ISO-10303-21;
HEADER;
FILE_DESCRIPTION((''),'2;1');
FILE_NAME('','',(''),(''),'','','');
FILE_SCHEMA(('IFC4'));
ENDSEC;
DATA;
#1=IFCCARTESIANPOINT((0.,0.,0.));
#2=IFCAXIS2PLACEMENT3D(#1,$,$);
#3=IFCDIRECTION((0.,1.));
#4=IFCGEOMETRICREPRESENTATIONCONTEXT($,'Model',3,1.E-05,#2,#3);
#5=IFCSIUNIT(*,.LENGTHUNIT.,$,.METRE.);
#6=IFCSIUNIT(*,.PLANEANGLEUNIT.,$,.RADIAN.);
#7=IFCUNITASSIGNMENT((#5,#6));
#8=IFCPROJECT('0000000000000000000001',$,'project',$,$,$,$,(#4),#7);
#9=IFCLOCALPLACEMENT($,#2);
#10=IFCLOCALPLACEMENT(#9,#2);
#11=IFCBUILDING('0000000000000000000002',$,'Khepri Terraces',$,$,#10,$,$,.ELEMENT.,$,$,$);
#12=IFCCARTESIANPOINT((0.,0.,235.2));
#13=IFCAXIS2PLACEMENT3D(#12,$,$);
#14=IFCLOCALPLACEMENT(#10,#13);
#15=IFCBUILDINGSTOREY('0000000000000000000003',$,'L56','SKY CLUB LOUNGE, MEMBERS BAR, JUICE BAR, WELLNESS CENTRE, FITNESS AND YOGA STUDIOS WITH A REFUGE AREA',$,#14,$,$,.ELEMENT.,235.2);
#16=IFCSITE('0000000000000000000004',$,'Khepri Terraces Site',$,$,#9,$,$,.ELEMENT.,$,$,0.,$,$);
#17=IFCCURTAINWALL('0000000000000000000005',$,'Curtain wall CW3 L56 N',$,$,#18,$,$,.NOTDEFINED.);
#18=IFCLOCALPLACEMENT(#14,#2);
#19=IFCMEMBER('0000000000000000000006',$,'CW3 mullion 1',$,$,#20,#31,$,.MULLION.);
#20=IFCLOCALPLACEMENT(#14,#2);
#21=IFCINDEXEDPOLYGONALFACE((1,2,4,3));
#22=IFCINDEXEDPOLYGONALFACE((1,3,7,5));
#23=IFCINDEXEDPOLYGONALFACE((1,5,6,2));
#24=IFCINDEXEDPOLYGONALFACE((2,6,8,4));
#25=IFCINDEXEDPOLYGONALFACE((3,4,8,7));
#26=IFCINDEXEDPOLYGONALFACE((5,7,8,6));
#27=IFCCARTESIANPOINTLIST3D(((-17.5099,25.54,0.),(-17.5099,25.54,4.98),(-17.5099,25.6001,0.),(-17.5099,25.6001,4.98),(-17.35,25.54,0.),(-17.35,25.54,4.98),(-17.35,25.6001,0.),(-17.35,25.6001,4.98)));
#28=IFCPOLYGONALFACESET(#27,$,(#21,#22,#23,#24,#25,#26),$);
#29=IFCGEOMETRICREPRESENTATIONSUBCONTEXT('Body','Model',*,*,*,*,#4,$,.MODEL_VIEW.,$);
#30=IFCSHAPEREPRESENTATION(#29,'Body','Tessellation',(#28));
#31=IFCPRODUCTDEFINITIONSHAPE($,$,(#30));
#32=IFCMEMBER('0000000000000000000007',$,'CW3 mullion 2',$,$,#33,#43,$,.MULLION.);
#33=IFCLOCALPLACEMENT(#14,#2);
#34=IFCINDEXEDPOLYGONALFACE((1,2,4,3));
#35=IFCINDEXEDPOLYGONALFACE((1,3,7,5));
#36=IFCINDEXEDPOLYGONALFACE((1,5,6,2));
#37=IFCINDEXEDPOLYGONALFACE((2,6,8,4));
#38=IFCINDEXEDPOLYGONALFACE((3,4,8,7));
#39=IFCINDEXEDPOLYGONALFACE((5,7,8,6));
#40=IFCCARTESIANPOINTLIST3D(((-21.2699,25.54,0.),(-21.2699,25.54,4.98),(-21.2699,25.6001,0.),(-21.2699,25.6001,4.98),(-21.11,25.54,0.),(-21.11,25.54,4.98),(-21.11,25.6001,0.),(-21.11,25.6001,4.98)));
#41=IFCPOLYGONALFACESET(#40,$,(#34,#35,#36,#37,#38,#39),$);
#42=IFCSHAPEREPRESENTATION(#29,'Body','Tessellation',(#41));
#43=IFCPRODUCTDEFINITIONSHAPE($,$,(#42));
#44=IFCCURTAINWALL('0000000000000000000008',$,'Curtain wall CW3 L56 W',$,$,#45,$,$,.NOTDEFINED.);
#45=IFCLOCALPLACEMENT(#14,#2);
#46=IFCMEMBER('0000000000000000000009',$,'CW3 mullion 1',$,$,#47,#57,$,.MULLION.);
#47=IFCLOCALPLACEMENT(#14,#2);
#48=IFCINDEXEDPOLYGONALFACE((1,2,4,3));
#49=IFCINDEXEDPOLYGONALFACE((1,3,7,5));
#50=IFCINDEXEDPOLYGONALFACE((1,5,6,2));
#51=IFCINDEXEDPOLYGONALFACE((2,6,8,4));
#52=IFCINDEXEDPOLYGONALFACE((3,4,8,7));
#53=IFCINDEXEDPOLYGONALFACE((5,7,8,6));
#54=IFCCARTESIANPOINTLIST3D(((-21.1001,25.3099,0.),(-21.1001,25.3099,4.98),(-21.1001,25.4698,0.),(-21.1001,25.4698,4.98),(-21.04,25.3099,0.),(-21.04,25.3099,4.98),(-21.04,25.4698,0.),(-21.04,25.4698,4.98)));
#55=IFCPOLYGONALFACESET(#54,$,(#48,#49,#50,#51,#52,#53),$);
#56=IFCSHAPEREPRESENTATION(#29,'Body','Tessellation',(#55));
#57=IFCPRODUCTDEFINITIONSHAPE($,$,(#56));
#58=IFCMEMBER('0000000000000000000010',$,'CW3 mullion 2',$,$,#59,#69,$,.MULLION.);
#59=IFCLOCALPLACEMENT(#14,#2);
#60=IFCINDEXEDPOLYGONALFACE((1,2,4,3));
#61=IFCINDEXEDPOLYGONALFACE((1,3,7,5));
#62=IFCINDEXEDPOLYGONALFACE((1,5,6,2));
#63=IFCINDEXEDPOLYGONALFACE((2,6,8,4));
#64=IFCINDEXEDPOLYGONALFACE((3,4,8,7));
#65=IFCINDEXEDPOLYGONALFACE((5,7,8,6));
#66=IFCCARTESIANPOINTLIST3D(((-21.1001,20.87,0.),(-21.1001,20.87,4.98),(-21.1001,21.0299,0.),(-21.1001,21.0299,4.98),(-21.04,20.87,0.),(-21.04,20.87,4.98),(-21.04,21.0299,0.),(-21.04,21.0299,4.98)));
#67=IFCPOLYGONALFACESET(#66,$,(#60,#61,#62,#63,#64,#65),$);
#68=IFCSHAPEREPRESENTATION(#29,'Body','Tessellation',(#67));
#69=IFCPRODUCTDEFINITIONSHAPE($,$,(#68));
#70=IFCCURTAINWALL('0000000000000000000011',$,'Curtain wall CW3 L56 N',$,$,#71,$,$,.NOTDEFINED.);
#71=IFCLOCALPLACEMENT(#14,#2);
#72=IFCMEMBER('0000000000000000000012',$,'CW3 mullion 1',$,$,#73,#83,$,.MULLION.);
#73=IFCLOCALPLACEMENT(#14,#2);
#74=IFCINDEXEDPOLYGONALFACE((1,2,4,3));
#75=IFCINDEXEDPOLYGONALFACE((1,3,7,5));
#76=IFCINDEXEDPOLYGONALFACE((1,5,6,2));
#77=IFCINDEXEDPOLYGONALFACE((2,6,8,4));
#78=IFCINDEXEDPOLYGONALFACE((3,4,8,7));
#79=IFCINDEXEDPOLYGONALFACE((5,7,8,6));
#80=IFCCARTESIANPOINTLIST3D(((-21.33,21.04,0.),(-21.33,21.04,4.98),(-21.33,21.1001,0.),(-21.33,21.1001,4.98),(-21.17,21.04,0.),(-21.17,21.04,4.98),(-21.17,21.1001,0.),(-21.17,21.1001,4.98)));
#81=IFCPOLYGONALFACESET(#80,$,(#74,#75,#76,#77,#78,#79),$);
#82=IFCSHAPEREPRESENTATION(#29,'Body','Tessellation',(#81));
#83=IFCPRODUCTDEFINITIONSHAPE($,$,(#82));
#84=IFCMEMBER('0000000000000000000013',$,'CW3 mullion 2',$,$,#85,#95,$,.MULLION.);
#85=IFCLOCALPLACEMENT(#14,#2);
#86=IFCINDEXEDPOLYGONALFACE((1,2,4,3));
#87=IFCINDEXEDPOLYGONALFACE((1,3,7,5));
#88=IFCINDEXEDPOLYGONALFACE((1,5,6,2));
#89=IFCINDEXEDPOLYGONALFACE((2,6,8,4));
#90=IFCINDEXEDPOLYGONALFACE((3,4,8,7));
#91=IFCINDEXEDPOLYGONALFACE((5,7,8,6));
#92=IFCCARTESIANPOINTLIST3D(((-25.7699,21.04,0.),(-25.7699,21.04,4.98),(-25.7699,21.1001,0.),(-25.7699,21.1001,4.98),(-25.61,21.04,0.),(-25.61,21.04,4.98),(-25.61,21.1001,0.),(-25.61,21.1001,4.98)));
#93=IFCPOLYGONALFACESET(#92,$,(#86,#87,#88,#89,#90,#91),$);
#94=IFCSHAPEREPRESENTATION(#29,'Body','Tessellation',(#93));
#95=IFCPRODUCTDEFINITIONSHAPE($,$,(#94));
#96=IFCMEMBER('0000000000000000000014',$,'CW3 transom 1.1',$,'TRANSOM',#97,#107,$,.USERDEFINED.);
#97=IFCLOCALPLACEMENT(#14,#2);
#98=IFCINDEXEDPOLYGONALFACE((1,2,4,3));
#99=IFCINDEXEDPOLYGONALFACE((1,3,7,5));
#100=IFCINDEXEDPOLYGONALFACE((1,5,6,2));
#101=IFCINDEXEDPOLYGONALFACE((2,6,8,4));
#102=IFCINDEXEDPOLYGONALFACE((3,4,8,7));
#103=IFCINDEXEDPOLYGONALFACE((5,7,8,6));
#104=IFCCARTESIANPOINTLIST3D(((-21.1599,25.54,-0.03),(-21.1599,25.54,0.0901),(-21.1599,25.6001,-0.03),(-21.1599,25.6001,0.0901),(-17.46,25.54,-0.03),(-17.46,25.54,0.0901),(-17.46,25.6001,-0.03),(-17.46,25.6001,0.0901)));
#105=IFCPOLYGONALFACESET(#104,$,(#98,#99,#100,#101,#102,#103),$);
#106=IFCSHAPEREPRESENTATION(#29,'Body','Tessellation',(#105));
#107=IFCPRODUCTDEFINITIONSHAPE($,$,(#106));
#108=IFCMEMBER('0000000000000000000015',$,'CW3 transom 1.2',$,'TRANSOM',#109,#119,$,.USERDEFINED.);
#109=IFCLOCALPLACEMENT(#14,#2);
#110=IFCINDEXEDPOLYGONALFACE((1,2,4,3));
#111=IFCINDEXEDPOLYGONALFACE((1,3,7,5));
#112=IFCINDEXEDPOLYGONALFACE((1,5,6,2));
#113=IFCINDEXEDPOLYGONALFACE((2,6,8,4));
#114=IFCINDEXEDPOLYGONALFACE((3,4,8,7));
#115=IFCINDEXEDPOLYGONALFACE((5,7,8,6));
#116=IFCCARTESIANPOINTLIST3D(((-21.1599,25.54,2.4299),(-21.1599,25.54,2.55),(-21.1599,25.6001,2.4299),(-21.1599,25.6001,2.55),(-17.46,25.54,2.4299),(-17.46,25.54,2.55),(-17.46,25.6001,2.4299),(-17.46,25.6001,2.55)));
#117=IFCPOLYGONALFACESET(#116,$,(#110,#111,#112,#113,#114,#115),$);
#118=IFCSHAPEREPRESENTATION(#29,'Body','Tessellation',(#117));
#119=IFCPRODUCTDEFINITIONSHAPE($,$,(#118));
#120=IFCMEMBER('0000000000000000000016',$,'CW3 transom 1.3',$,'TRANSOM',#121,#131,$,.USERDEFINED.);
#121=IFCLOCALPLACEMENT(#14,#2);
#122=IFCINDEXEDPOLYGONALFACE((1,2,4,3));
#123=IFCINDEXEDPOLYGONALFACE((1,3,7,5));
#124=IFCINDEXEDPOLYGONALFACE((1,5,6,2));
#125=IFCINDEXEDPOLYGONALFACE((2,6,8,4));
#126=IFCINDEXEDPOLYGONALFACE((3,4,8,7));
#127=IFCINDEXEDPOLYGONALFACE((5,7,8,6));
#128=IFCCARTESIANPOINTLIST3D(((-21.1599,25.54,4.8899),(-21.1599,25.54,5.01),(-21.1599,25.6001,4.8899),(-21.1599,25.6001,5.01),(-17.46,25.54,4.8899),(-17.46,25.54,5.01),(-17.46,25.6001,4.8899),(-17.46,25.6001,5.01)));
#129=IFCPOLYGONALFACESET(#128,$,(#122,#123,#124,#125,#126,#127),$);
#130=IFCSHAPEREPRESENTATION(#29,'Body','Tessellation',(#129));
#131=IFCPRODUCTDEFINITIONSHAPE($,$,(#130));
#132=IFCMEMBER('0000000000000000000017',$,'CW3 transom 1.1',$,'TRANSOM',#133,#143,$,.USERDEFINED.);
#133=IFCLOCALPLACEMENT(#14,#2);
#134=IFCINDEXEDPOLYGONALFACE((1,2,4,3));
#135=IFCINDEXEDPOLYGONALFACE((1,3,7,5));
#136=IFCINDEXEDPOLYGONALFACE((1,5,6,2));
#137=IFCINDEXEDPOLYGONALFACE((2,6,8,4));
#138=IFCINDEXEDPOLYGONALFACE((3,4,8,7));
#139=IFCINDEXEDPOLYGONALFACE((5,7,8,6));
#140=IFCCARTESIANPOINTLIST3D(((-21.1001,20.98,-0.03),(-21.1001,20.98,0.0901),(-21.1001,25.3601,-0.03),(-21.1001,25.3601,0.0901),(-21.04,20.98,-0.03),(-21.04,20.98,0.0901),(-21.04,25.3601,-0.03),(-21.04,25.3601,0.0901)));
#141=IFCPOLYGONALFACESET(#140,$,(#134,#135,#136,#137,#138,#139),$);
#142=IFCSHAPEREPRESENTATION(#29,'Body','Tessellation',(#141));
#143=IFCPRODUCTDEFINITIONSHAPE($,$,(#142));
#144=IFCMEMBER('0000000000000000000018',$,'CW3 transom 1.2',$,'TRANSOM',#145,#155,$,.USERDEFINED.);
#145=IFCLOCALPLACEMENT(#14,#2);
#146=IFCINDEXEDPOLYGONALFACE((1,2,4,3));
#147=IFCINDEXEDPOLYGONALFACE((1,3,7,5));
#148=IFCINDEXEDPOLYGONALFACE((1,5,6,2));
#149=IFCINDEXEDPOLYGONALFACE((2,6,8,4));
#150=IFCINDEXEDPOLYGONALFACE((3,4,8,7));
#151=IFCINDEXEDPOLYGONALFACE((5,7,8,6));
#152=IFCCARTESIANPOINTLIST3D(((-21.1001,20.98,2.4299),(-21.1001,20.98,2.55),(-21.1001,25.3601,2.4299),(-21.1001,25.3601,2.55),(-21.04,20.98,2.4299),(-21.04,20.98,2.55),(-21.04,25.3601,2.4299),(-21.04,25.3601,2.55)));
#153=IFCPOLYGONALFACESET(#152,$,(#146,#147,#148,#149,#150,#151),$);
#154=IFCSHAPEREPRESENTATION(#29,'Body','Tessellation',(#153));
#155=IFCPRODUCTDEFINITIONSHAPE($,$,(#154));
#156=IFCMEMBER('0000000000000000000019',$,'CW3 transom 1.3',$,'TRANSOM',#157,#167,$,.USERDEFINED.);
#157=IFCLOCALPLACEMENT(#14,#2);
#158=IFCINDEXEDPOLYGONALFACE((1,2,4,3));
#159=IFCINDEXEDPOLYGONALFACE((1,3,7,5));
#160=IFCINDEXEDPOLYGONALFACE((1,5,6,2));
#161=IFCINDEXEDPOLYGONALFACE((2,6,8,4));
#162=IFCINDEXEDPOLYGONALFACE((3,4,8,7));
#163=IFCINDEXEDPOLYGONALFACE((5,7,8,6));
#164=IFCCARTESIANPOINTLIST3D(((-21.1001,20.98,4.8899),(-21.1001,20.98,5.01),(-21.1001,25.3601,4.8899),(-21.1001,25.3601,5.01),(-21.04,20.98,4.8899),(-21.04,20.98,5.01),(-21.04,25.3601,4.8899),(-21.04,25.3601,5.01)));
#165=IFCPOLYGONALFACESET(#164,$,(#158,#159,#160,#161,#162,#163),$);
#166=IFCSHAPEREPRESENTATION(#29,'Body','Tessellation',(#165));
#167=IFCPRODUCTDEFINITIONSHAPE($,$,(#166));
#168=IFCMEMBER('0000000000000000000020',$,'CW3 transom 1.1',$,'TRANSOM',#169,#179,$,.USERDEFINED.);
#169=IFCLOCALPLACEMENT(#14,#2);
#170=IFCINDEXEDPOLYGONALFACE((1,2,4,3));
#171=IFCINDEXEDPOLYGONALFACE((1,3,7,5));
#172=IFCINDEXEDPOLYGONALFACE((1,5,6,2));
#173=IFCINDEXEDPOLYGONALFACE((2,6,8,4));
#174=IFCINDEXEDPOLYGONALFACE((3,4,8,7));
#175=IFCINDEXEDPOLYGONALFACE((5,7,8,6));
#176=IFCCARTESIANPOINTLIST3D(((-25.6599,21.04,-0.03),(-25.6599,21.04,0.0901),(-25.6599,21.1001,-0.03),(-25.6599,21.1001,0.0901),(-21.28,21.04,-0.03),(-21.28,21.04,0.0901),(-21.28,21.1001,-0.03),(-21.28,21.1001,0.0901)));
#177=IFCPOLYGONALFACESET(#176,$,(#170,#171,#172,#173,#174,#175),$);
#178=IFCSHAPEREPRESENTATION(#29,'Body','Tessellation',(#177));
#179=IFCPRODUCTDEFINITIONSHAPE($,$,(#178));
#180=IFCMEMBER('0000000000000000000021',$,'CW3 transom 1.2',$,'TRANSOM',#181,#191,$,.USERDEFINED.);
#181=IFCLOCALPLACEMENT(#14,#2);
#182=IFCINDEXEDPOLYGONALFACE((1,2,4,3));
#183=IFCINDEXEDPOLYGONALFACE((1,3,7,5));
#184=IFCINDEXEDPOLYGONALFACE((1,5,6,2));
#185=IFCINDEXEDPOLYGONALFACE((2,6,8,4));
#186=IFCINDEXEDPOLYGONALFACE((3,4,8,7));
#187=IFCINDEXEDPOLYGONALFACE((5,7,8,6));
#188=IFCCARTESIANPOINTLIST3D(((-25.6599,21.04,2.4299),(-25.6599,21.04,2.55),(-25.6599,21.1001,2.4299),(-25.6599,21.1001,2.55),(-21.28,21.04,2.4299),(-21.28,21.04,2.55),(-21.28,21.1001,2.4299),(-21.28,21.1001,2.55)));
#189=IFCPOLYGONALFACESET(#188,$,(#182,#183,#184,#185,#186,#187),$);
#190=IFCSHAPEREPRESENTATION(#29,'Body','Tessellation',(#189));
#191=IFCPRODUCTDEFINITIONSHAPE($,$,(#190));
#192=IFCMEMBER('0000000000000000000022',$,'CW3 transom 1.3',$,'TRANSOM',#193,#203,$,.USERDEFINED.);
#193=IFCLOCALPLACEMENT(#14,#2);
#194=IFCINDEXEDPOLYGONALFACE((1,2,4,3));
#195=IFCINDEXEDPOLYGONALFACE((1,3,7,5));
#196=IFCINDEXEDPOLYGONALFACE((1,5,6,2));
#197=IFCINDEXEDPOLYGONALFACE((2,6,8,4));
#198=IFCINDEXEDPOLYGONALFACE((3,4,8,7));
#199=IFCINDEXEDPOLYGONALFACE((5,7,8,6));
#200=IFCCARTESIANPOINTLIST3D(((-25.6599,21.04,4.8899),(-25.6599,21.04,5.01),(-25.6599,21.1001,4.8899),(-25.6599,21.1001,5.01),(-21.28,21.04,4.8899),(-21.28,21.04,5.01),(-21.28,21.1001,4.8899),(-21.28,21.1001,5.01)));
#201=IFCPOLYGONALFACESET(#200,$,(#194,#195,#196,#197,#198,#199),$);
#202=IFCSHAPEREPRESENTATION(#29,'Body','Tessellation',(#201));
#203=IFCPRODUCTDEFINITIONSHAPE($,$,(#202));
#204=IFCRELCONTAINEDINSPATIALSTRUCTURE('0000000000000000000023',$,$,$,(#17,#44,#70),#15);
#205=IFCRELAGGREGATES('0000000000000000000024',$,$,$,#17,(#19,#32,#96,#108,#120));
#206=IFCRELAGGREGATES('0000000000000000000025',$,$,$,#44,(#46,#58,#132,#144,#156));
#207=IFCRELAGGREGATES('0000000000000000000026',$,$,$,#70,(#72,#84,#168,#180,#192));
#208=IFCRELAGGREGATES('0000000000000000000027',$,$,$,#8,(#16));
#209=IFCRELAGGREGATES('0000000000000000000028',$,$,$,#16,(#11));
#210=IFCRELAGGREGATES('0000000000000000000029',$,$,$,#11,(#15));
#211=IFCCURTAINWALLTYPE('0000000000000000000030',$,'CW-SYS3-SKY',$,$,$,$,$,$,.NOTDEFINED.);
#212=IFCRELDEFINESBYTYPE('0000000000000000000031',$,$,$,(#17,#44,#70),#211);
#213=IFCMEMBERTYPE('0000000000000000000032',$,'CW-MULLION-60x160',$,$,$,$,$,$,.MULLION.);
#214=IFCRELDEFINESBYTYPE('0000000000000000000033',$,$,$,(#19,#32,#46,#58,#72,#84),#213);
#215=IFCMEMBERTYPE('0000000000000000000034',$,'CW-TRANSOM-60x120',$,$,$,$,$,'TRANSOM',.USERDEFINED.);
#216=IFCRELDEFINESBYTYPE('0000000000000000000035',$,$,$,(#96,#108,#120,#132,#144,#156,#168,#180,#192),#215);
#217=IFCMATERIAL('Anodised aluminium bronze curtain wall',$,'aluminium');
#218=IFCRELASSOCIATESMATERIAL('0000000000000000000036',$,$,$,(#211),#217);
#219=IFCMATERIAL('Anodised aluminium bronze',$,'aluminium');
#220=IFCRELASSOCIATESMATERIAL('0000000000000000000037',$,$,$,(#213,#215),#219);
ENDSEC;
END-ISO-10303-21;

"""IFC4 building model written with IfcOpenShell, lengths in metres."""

from ifc_helpers import new_model, si_unit, direction, frame, origin, origin_2d, place, context, subcontext, project, spatial, rectangle, extrude, material, material_profile, profile_set, type_object, element, aggregate, save


model = new_model("IFC4")

# Units and contexts
model_context = context("Model", 3, precision=1e-05, world=origin(), true_north=direction((0.0, 1.0)))
body_context = subcontext(model_context, "Body", "Model", "MODEL_VIEW")
ifc_project = project(units=[si_unit("LENGTHUNIT", "METRE"), si_unit("PLANEANGLEUNIT", "RADIAN")], contexts=[model_context])

# Site, building, storey
site_placement = place(None, origin())
site = spatial("IfcSite", under=ifc_project, at=site_placement, Name="Khepri Terraces Site", CompositionType="ELEMENT", RefElevation=0.0)
building_placement = place(site_placement, origin())
building = spatial("IfcBuilding", under=site, at=building_placement, Name="Khepri Terraces", CompositionType="ELEMENT")
storey_placement = place(building_placement, frame((0.0, 0.0, 235.2)))
storey = spatial("IfcBuildingStorey", under=building, at=storey_placement, Name="L56", Description="SKY CLUB LOUNGE, MEMBERS BAR, JUICE BAR, WELLNESS CENTRE, FITNESS AND YOGA STUDIOS WITH A REFUGE AREA", CompositionType="ELEMENT", Elevation=235.2)

# Curtain walls, members
ifc_material_1 = material(Name="Anodised aluminium bronze curtain wall", Category="aluminium")
curtain_wall_type = type_object("IfcCurtainWallType", Name="CW-SYS3-SKY", PredefinedType="NOTDEFINED", material=ifc_material_1)
curtain_wall_1_placement = place(storey_placement, origin())
curtain_wall_1 = element("IfcCurtainWall", 1, at=curtain_wall_1_placement, inside=storey, type_object=curtain_wall_type, Name="Curtain wall CW3 L56 N", PredefinedType="NOTDEFINED")
ifc_material_2 = material(Name="Anodised aluminium bronze", Category="aluminium")
ifc_material_profile_1 = material_profile(ifc_material_2, rectangle(XDim=0.0601, YDim=0.1599, at=origin_2d()), Name="Anodised aluminium bronze", Category="aluminium")
ifc_profile_set_1 = profile_set([ifc_material_profile_1], Name="Anodised aluminium bronze")
member_type_1 = type_object("IfcMemberType", Name="CW-MULLION-60x160", PredefinedType="MULLION", material=ifc_profile_set_1)
member_1_placement = place(storey_placement, frame((-17.4299, 25.5701, 0.0), z_axis=(0.0, 0.0, 1.0), x_axis=(0.0, -1.0, 0.0)))
member_1 = element("IfcMember", 2, at=member_1_placement, type_object=member_type_1, Name="CW3 mullion 1", PredefinedType="MULLION", context=body_context, shape_type="SweptSolid", body=[
    extrude(rectangle(XDim=0.0601, YDim=0.1599, at=origin_2d()), origin(), (0.0, 0.0, 1.0), 4.98),
])
member_2_placement = place(storey_placement, frame((-21.1899, 25.5701, 0.0), z_axis=(0.0, 0.0, 1.0), x_axis=(0.0, -1.0, 0.0)))
member_2 = element("IfcMember", 3, at=member_2_placement, type_object=member_type_1, Name="CW3 mullion 2", PredefinedType="MULLION", context=body_context, shape_type="SweptSolid", body=[
    extrude(rectangle(XDim=0.0601, YDim=0.1599, at=origin_2d()), origin(), (0.0, 0.0, 1.0), 4.98),
])
curtain_wall_2_placement = place(storey_placement, origin())
curtain_wall_2 = element("IfcCurtainWall", 4, at=curtain_wall_2_placement, inside=storey, type_object=curtain_wall_type, Name="Curtain wall CW3 L56 W", PredefinedType="NOTDEFINED")
member_3_placement = place(storey_placement, frame((-21.0701, 25.3899, 0.0), z_axis=(0.0, 0.0, 1.0), x_axis=(1.0, 0.0, 0.0)))
member_3 = element("IfcMember", 5, at=member_3_placement, type_object=member_type_1, Name="CW3 mullion 1", PredefinedType="MULLION", context=body_context, shape_type="SweptSolid", body=[
    extrude(rectangle(XDim=0.0601, YDim=0.1599, at=origin_2d()), origin(), (0.0, 0.0, 1.0), 4.98),
])
member_4_placement = place(storey_placement, frame((-21.0701, 20.95, 0.0), z_axis=(0.0, 0.0, 1.0), x_axis=(1.0, 0.0, 0.0)))
member_4 = element("IfcMember", 6, at=member_4_placement, type_object=member_type_1, Name="CW3 mullion 2", PredefinedType="MULLION", context=body_context, shape_type="SweptSolid", body=[
    extrude(rectangle(XDim=0.0601, YDim=0.1599, at=origin_2d()), origin(), (0.0, 0.0, 1.0), 4.98),
])
curtain_wall_3_placement = place(storey_placement, origin())
curtain_wall_3 = element("IfcCurtainWall", 7, at=curtain_wall_3_placement, inside=storey, type_object=curtain_wall_type, Name="Curtain wall CW3 L56 N", PredefinedType="NOTDEFINED")
member_5_placement = place(storey_placement, frame((-21.25, 21.0701, 0.0), z_axis=(0.0, 0.0, 1.0), x_axis=(0.0, -1.0, 0.0)))
member_5 = element("IfcMember", 8, at=member_5_placement, type_object=member_type_1, Name="CW3 mullion 1", PredefinedType="MULLION", context=body_context, shape_type="SweptSolid", body=[
    extrude(rectangle(XDim=0.0601, YDim=0.1599, at=origin_2d()), origin(), (0.0, 0.0, 1.0), 4.98),
])
member_6_placement = place(storey_placement, frame((-25.6899, 21.0701, 0.0), z_axis=(0.0, 0.0, 1.0), x_axis=(0.0, -1.0, 0.0)))
member_6 = element("IfcMember", 9, at=member_6_placement, type_object=member_type_1, Name="CW3 mullion 2", PredefinedType="MULLION", context=body_context, shape_type="SweptSolid", body=[
    extrude(rectangle(XDim=0.0601, YDim=0.1599, at=origin_2d()), origin(), (0.0, 0.0, 1.0), 4.98),
])

# Members
ifc_material_profile_2 = material_profile(ifc_material_2, rectangle(XDim=0.0601, YDim=0.1201, at=origin_2d()), Name="Anodised aluminium bronze", Category="aluminium")
ifc_profile_set_2 = profile_set([ifc_material_profile_2], Name="Anodised aluminium bronze")
member_type_2 = type_object("IfcMemberType", Name="CW-TRANSOM-60x120", ElementType="TRANSOM", PredefinedType="USERDEFINED", material=ifc_profile_set_2)
member_7_placement = place(storey_placement, frame((-17.46, 25.5701, 0.03), z_axis=(-1.0, 0.0, 0.0), x_axis=(0.0, -1.0, 0.0)))
member_7 = element("IfcMember", 10, at=member_7_placement, type_object=member_type_2, Name="CW3 transom 1.1", ObjectType="TRANSOM", PredefinedType="USERDEFINED", context=body_context, shape_type="SweptSolid", body=[
    extrude(rectangle(XDim=0.0601, YDim=0.1201, at=origin_2d()), origin(), (0.0, 0.0, 1.0), 3.7),
])
member_8_placement = place(storey_placement, frame((-17.46, 25.5701, 2.49), z_axis=(-1.0, 0.0, 0.0), x_axis=(0.0, -1.0, 0.0)))
member_8 = element("IfcMember", 11, at=member_8_placement, type_object=member_type_2, Name="CW3 transom 1.2", ObjectType="TRANSOM", PredefinedType="USERDEFINED", context=body_context, shape_type="SweptSolid", body=[
    extrude(rectangle(XDim=0.0601, YDim=0.1201, at=origin_2d()), origin(), (0.0, 0.0, 1.0), 3.7),
])
member_9_placement = place(storey_placement, frame((-17.46, 25.5701, 4.95), z_axis=(-1.0, 0.0, 0.0), x_axis=(0.0, -1.0, 0.0)))
member_9 = element("IfcMember", 12, at=member_9_placement, type_object=member_type_2, Name="CW3 transom 1.3", ObjectType="TRANSOM", PredefinedType="USERDEFINED", context=body_context, shape_type="SweptSolid", body=[
    extrude(rectangle(XDim=0.0601, YDim=0.1201, at=origin_2d()), origin(), (0.0, 0.0, 1.0), 3.7),
])
member_10_placement = place(storey_placement, frame((-21.0701, 25.3601, 0.03), z_axis=(0.0, -1.0, 0.0), x_axis=(1.0, 0.0, 0.0)))
member_10 = element("IfcMember", 13, at=member_10_placement, type_object=member_type_2, Name="CW3 transom 1.1", ObjectType="TRANSOM", PredefinedType="USERDEFINED", context=body_context, shape_type="SweptSolid", body=[
    extrude(rectangle(XDim=0.0601, YDim=0.1201, at=origin_2d()), origin(), (0.0, 0.0, 1.0), 4.3801),
])
member_11_placement = place(storey_placement, frame((-21.0701, 25.3601, 2.49), z_axis=(0.0, -1.0, 0.0), x_axis=(1.0, 0.0, 0.0)))
member_11 = element("IfcMember", 14, at=member_11_placement, type_object=member_type_2, Name="CW3 transom 1.2", ObjectType="TRANSOM", PredefinedType="USERDEFINED", context=body_context, shape_type="SweptSolid", body=[
    extrude(rectangle(XDim=0.0601, YDim=0.1201, at=origin_2d()), origin(), (0.0, 0.0, 1.0), 4.3801),
])
member_12_placement = place(storey_placement, frame((-21.0701, 25.3601, 4.95), z_axis=(0.0, -1.0, 0.0), x_axis=(1.0, 0.0, 0.0)))
member_12 = element("IfcMember", 15, at=member_12_placement, type_object=member_type_2, Name="CW3 transom 1.3", ObjectType="TRANSOM", PredefinedType="USERDEFINED", context=body_context, shape_type="SweptSolid", body=[
    extrude(rectangle(XDim=0.0601, YDim=0.1201, at=origin_2d()), origin(), (0.0, 0.0, 1.0), 4.3801),
])
member_13_placement = place(storey_placement, frame((-21.28, 21.0701, 0.03), z_axis=(-1.0, 0.0, 0.0), x_axis=(0.0, -1.0, 0.0)))
member_13 = element("IfcMember", 16, at=member_13_placement, type_object=member_type_2, Name="CW3 transom 1.1", ObjectType="TRANSOM", PredefinedType="USERDEFINED", context=body_context, shape_type="SweptSolid", body=[
    extrude(rectangle(XDim=0.0601, YDim=0.1201, at=origin_2d()), origin(), (0.0, 0.0, 1.0), 4.3799),
])
member_14_placement = place(storey_placement, frame((-21.28, 21.0701, 2.49), z_axis=(-1.0, 0.0, 0.0), x_axis=(0.0, -1.0, 0.0)))
member_14 = element("IfcMember", 17, at=member_14_placement, type_object=member_type_2, Name="CW3 transom 1.2", ObjectType="TRANSOM", PredefinedType="USERDEFINED", context=body_context, shape_type="SweptSolid", body=[
    extrude(rectangle(XDim=0.0601, YDim=0.1201, at=origin_2d()), origin(), (0.0, 0.0, 1.0), 4.3799),
])
member_15_placement = place(storey_placement, frame((-21.28, 21.0701, 4.95), z_axis=(-1.0, 0.0, 0.0), x_axis=(0.0, -1.0, 0.0)))
member_15 = element("IfcMember", 18, at=member_15_placement, type_object=member_type_2, Name="CW3 transom 1.3", ObjectType="TRANSOM", PredefinedType="USERDEFINED", context=body_context, shape_type="SweptSolid", body=[
    extrude(rectangle(XDim=0.0601, YDim=0.1201, at=origin_2d()), origin(), (0.0, 0.0, 1.0), 4.3799),
])

aggregate(curtain_wall_1, [member_1, member_2, member_7, member_8, member_9])
aggregate(curtain_wall_2, [member_3, member_4, member_10, member_11, member_12])
aggregate(curtain_wall_3, [member_5, member_6, member_13, member_14, member_15])

save(model, "model.ifc")
